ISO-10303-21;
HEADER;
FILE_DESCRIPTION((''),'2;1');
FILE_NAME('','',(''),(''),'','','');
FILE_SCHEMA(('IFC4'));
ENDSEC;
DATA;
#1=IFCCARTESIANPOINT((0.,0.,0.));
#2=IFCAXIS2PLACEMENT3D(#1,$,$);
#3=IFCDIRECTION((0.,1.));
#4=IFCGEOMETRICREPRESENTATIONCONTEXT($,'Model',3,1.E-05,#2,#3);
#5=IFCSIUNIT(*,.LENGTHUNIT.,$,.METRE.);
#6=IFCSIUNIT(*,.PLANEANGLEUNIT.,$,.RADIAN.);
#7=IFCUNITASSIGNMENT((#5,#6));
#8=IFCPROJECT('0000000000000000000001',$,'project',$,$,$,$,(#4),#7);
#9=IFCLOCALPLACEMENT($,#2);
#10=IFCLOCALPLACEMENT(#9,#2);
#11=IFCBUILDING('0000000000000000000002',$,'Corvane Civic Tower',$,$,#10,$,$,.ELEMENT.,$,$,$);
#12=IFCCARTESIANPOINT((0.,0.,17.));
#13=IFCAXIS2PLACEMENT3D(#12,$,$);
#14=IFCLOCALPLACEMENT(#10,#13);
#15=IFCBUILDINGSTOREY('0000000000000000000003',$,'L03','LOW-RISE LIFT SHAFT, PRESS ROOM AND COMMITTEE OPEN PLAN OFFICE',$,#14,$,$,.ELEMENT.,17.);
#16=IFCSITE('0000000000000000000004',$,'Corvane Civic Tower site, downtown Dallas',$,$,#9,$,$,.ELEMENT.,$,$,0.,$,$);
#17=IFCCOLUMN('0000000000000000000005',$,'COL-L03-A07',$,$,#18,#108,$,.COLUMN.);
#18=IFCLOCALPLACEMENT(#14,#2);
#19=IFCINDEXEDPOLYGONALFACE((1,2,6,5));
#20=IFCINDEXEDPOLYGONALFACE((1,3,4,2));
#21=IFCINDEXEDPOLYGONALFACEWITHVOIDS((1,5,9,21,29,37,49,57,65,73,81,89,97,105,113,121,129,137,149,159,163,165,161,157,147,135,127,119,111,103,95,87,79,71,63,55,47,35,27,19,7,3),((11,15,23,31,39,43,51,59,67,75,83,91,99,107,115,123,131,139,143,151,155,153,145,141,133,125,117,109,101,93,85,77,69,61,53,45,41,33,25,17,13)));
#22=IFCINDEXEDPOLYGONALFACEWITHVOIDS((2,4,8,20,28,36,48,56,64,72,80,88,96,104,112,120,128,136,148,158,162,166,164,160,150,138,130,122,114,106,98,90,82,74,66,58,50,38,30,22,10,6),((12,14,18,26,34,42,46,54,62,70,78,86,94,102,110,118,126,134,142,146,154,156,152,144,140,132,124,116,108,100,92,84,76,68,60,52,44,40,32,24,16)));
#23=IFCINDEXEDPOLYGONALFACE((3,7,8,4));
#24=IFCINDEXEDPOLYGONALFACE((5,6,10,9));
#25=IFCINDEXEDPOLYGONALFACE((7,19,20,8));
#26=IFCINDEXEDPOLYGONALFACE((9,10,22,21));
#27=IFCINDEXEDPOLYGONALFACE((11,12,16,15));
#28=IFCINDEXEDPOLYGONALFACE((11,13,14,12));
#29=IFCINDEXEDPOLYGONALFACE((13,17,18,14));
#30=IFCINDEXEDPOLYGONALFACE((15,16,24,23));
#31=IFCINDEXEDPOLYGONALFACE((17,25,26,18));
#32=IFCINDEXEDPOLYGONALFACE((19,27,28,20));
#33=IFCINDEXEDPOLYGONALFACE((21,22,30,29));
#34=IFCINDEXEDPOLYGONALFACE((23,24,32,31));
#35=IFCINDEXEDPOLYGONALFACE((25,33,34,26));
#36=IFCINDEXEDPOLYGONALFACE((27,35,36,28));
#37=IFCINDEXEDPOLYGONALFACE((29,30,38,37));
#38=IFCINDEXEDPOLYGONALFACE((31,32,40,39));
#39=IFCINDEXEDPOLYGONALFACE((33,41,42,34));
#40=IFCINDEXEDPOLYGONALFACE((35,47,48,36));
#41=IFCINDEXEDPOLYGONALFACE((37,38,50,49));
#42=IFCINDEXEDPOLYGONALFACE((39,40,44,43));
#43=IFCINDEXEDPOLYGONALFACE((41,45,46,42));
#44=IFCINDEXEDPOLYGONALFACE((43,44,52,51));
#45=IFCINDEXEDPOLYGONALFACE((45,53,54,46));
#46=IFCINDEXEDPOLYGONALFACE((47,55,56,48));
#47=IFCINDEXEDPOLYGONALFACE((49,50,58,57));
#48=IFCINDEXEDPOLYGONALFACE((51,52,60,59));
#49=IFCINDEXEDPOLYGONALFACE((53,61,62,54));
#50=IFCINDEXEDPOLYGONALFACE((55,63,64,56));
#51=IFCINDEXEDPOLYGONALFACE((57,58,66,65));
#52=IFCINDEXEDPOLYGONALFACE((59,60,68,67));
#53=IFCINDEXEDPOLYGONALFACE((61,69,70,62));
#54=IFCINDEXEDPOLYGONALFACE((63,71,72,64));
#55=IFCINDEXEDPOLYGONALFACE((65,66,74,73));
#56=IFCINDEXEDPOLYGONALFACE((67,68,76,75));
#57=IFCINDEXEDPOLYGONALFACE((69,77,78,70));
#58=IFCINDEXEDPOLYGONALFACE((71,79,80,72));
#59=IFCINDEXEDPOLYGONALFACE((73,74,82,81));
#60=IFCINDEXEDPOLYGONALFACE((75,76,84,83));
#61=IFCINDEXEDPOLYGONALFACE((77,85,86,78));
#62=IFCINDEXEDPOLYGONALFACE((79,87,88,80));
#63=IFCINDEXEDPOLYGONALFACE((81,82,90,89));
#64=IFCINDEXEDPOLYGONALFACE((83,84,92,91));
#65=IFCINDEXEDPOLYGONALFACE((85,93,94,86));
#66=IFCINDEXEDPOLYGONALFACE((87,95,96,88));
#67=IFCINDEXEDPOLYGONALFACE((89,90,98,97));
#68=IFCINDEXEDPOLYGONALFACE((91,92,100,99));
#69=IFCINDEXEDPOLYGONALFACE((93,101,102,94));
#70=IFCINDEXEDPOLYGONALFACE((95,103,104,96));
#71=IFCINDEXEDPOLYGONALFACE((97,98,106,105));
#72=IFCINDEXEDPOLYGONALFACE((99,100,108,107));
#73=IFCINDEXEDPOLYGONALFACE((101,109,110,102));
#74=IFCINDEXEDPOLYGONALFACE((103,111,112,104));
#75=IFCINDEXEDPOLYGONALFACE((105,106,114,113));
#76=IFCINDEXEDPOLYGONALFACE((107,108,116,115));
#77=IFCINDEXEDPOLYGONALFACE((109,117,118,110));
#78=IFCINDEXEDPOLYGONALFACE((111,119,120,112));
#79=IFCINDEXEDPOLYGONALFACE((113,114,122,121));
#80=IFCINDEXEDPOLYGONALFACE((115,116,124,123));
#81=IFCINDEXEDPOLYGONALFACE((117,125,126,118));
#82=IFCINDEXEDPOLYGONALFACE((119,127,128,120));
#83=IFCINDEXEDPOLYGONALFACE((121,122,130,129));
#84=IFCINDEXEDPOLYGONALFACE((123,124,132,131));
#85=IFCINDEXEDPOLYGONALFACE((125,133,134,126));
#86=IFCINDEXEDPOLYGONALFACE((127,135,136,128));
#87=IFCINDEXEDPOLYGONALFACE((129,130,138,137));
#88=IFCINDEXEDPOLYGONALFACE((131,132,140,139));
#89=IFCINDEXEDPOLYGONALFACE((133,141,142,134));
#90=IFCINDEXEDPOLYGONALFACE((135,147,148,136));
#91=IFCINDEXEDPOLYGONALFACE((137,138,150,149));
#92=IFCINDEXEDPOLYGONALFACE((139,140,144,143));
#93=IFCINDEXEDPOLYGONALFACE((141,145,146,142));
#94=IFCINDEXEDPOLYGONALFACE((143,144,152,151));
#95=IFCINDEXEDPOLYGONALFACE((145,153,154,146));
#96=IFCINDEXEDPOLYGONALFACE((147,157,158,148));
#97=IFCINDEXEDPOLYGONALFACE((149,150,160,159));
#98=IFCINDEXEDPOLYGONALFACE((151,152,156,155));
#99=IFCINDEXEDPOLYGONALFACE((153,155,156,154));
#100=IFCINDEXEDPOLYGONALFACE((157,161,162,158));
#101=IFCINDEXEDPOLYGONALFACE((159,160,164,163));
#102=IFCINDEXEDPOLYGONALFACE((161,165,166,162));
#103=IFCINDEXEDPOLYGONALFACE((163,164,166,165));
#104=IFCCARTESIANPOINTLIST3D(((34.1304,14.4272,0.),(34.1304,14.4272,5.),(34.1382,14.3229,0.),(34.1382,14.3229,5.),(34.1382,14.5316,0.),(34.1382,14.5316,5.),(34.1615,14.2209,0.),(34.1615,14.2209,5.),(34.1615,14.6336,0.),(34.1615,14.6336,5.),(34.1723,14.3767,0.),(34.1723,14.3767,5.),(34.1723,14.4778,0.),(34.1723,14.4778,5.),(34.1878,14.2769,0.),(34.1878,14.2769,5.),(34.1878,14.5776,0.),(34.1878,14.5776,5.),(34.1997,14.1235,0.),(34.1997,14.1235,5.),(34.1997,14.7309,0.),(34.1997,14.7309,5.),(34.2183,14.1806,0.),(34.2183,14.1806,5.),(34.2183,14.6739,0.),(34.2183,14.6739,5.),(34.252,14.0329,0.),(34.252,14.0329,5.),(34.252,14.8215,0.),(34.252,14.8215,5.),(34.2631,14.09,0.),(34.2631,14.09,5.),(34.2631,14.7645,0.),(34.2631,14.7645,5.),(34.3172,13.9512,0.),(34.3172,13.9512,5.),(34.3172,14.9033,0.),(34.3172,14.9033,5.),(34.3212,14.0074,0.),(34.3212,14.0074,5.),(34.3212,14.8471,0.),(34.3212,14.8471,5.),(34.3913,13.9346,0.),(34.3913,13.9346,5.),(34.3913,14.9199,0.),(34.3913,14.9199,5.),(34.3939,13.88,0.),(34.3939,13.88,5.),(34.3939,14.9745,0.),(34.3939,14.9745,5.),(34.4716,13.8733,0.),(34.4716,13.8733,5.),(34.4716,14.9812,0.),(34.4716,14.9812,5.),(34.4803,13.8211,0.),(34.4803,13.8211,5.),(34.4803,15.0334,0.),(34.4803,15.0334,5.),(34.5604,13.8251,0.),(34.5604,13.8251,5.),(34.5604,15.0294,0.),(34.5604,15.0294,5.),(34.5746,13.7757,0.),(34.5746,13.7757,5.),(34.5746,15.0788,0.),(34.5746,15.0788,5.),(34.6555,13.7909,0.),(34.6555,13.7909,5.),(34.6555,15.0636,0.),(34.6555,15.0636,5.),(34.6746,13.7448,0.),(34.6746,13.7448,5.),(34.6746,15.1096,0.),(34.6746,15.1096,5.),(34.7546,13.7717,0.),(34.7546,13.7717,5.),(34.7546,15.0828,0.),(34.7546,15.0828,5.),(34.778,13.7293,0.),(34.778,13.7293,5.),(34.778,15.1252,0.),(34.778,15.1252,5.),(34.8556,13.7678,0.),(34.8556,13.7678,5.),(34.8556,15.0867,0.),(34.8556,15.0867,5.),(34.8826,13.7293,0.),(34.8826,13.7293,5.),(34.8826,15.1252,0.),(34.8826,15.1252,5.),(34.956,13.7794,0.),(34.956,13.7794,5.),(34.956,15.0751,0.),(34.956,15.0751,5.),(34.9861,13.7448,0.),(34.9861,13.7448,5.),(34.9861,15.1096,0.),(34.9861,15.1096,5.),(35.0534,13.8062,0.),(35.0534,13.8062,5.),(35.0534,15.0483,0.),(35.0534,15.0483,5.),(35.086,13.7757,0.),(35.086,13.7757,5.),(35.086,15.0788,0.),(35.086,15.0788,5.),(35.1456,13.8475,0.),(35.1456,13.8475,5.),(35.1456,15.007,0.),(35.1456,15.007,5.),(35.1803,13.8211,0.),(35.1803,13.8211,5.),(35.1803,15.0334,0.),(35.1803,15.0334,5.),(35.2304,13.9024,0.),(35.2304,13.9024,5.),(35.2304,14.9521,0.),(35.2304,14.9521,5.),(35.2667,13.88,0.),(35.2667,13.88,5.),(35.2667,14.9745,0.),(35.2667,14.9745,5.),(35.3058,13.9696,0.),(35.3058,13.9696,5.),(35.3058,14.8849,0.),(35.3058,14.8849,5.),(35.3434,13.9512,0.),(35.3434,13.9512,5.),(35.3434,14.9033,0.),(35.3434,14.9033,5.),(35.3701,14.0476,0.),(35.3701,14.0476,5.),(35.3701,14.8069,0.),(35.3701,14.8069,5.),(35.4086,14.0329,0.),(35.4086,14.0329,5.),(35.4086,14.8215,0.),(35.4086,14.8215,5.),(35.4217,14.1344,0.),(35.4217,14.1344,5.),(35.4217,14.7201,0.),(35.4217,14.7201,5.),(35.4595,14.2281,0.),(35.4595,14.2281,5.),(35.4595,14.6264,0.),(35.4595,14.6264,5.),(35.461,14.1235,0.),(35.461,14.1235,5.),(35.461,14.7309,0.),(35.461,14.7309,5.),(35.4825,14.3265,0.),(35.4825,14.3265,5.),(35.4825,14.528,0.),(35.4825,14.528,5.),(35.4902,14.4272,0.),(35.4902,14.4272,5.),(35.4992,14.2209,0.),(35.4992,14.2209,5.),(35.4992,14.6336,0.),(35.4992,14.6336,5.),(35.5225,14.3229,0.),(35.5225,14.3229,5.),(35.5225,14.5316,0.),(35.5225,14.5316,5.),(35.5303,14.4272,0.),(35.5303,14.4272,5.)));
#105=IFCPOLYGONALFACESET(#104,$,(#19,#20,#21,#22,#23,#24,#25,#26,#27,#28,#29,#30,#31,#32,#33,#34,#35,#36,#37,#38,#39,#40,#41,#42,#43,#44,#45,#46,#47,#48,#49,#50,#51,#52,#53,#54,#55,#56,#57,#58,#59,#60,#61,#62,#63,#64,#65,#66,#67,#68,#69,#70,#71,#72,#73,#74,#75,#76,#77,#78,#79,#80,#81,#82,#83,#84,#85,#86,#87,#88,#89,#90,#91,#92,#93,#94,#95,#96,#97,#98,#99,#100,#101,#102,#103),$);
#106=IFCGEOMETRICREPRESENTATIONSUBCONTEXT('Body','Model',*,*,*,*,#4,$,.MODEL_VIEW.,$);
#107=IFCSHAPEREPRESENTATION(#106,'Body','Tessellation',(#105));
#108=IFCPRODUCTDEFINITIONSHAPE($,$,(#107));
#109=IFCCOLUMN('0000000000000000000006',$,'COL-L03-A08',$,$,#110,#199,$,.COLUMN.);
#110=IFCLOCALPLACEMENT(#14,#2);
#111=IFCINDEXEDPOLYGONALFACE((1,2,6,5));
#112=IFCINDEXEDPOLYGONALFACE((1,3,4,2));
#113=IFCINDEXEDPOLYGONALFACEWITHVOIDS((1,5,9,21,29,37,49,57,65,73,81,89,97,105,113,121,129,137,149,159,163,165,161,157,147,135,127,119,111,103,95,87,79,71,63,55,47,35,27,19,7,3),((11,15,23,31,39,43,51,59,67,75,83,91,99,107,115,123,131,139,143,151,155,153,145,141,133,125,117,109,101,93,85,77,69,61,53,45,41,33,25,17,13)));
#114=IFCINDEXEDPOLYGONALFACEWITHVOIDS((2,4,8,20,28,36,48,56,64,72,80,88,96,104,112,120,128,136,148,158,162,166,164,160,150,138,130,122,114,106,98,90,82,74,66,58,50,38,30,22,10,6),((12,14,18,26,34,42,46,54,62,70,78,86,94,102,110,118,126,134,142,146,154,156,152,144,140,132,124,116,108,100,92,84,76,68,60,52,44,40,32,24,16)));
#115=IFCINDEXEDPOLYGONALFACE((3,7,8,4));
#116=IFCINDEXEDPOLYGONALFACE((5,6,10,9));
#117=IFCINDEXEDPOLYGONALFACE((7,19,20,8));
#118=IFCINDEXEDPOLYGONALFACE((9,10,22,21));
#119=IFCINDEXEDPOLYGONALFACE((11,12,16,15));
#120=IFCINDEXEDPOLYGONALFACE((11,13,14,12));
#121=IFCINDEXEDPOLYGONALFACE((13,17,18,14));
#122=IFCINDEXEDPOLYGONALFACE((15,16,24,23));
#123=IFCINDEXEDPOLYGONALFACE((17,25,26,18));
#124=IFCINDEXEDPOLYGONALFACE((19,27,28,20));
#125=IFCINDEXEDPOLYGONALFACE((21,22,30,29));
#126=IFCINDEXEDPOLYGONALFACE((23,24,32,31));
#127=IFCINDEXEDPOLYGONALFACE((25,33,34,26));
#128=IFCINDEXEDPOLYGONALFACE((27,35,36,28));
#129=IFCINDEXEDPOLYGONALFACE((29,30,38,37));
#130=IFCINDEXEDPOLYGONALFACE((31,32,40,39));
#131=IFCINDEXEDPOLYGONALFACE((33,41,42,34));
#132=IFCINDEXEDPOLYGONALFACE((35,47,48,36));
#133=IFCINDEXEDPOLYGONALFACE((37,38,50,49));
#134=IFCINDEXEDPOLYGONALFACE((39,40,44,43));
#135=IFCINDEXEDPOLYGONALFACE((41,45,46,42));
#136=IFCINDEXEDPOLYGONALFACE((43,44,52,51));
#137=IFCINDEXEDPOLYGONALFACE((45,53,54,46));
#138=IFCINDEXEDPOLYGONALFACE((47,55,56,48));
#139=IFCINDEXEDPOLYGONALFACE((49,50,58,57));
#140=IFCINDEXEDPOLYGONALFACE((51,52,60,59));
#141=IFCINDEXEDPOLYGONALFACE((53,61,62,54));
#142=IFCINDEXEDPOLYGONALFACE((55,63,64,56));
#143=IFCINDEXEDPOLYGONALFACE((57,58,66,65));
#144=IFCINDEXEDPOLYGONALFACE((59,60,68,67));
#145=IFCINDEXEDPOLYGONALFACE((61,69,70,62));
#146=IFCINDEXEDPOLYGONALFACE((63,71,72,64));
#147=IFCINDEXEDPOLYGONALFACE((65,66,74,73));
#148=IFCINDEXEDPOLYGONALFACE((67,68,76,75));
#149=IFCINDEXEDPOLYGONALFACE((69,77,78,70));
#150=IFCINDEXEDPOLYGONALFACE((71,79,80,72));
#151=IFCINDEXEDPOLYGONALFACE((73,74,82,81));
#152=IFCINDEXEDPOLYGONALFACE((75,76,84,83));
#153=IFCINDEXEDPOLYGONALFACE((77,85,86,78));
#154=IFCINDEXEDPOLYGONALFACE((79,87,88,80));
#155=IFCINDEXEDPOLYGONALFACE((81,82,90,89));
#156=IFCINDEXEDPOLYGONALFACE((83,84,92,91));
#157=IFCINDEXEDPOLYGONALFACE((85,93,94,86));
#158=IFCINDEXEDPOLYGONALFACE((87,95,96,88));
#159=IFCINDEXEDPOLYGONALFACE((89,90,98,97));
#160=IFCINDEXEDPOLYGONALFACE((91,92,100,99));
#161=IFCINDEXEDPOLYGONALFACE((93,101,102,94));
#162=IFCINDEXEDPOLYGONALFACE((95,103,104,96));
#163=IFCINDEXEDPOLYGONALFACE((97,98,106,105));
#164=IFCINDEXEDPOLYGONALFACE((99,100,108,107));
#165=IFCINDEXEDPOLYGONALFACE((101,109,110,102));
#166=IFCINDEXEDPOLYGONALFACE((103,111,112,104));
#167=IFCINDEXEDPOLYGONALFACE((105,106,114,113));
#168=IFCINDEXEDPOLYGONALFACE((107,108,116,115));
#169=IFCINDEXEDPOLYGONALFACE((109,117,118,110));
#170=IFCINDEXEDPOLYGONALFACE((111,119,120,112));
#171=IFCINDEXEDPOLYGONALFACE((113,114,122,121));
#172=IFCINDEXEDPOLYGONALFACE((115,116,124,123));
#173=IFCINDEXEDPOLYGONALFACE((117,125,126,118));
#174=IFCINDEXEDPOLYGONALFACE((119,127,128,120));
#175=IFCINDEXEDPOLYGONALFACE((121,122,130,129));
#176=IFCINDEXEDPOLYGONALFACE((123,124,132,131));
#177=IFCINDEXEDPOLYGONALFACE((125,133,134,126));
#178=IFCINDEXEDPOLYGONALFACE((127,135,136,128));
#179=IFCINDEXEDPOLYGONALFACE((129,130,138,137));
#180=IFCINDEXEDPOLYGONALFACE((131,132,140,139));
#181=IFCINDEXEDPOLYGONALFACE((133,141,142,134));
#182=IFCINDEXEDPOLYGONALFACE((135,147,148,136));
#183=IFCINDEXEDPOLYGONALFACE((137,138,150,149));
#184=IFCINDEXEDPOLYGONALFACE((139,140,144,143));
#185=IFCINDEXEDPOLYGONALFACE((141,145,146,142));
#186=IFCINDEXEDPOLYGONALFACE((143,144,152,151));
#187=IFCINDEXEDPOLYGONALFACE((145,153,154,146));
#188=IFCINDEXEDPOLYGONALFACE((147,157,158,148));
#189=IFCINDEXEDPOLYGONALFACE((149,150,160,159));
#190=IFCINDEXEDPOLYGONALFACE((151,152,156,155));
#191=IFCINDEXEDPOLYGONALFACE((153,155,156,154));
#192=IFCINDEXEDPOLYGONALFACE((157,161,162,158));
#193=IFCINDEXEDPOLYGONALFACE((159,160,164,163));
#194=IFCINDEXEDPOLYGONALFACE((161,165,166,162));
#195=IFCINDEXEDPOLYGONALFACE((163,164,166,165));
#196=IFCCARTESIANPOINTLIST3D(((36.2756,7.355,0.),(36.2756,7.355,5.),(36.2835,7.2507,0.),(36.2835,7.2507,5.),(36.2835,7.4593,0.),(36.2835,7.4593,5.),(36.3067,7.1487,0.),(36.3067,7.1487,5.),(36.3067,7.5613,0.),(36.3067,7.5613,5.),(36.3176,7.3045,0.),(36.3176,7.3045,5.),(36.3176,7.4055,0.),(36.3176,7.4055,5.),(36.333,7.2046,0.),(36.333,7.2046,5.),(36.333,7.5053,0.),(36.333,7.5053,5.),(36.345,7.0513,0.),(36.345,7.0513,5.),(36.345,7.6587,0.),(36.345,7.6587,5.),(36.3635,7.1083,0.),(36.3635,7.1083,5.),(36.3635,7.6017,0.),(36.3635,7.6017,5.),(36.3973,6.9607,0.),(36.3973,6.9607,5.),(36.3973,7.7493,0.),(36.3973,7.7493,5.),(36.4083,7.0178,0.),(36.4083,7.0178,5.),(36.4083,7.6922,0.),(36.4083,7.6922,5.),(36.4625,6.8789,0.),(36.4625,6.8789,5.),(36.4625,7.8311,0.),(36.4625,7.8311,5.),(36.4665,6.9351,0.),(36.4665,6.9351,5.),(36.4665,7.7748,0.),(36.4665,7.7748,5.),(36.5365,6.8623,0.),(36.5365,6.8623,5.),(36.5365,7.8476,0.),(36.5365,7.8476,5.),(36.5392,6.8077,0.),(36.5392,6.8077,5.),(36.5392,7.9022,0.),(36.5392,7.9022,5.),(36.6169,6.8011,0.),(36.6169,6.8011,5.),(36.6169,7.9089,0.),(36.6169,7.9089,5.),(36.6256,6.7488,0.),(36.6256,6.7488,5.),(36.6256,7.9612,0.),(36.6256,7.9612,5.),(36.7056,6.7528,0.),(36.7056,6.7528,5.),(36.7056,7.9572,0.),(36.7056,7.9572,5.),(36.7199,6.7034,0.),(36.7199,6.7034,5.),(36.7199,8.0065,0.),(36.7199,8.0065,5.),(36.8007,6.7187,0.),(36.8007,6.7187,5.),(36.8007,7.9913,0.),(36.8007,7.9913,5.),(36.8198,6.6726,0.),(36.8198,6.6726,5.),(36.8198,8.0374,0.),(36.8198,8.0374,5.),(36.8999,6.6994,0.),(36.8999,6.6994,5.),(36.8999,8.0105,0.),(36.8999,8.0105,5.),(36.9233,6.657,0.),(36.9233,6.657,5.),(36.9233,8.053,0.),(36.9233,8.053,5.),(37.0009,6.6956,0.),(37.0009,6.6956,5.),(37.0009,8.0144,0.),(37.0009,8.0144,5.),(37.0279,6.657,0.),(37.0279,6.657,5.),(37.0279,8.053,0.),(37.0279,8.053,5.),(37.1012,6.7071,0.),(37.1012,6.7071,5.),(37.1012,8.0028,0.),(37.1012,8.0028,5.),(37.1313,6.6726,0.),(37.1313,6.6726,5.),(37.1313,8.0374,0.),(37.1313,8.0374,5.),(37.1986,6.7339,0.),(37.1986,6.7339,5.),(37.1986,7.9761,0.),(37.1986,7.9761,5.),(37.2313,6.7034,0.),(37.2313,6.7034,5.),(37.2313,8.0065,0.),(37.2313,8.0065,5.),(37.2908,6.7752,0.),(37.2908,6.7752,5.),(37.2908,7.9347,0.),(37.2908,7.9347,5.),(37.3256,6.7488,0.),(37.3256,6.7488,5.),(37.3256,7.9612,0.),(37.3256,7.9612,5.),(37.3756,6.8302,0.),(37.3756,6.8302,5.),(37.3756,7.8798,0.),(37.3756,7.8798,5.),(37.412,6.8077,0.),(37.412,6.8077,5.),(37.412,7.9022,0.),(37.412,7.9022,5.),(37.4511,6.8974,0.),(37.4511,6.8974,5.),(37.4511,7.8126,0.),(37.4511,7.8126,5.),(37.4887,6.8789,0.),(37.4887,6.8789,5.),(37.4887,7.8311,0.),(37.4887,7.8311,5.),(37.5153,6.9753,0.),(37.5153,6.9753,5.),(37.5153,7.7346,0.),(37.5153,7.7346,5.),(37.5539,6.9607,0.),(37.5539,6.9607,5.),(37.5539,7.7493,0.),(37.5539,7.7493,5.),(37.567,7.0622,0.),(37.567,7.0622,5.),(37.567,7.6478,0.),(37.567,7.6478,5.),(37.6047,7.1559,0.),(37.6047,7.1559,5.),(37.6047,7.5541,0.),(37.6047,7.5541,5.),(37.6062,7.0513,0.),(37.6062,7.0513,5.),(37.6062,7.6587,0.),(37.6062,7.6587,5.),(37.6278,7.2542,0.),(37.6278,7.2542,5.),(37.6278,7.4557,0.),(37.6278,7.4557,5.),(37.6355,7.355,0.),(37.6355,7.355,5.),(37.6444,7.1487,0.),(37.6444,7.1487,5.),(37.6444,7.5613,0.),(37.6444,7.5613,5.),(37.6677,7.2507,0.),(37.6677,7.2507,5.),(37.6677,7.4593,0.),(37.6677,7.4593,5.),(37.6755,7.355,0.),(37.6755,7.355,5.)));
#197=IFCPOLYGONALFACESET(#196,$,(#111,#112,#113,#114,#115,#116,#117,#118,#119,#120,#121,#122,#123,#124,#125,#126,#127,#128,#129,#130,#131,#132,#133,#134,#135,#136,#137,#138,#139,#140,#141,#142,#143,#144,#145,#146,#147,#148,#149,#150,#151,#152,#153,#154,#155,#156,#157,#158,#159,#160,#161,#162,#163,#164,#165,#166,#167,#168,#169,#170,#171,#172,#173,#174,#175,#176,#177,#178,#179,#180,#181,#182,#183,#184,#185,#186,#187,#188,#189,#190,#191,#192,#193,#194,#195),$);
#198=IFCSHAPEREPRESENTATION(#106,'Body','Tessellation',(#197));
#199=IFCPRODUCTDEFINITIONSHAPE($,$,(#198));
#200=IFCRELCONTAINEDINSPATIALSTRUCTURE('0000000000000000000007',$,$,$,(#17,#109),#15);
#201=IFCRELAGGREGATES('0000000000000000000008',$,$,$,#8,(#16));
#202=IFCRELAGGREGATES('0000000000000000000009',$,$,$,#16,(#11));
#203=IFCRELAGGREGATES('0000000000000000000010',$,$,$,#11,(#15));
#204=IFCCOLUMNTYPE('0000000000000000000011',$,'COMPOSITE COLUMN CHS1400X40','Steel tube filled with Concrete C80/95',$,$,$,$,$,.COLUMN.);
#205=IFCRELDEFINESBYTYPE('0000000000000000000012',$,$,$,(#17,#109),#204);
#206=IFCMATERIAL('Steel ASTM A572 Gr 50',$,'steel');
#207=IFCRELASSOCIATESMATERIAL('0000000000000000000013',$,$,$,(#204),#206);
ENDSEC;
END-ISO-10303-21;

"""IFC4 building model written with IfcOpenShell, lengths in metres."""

from ifc_helpers import new_model, si_unit, direction, frame, origin, origin_2d, place, context, subcontext, project, spatial, hollow_circle, extrude, material, material_profile, profile_set, type_object, element, save


model = new_model("IFC4")

# Units and contexts
model_context = context("Model", 3, precision=1e-05, world=origin(), true_north=direction((0.0, 1.0)))
body_context = subcontext(model_context, "Body", "Model", "MODEL_VIEW")
ifc_project = project(units=[si_unit("LENGTHUNIT", "METRE"), si_unit("PLANEANGLEUNIT", "RADIAN")], contexts=[model_context])

# Site, building, storey
site_placement = place(None, origin())
site = spatial("IfcSite", under=ifc_project, at=site_placement, Name="Corvane Civic Tower site, downtown Dallas", CompositionType="ELEMENT", RefElevation=0.0)
building_placement = place(site_placement, origin())
building = spatial("IfcBuilding", under=site, at=building_placement, Name="Corvane Civic Tower", CompositionType="ELEMENT")
storey_placement = place(building_placement, frame((0.0, 0.0, 17.0)))
storey = spatial("IfcBuildingStorey", under=building, at=storey_placement, Name="L03", Description="LOW-RISE LIFT SHAFT, PRESS ROOM AND COMMITTEE OPEN PLAN OFFICE", CompositionType="ELEMENT", Elevation=17.0)

# Columns
ifc_material_1 = material(Name="Steel ASTM A572 Gr 50", Category="steel")
ifc_material_profile_1 = material_profile(ifc_material_1, hollow_circle(Radius=0.7, WallThickness=0.04, at=origin_2d()), Name="CHS1400X40")
ifc_profile_set_1 = profile_set([ifc_material_profile_1], Name="Steel ASTM A572 Gr 50")
column_type_1 = type_object("IfcColumnType", Name="COMPOSITE COLUMN CHS1400X40", Description="Steel tube filled with Concrete C80/95", PredefinedType="COLUMN", material=ifc_profile_set_1)
for number, where, z_axis, x_axis, name in (
    (1, (34.8303, 14.4272, 0.0), (0.0, 0.0, 1.0), (1.0, 0.0, 0.0), "COL-L03-A07"),
    (2, (36.9756, 7.355, 0.0), (0.0, 0.0, 1.0), (1.0, 0.0, 0.0), "COL-L03-A08"),
):
    element("IfcColumn", number, at=place(storey_placement, frame(where, z_axis=z_axis, x_axis=x_axis)), inside=storey, type_object=column_type_1, Name=name, PredefinedType="COLUMN", context=body_context, shape_type="SweptSolid", body=[
        extrude(hollow_circle(Radius=0.7, WallThickness=0.04, at=origin_2d()), origin(), (0.0, 0.0, 1.0), 5.0),
    ])

save(model, "model.ifc")
